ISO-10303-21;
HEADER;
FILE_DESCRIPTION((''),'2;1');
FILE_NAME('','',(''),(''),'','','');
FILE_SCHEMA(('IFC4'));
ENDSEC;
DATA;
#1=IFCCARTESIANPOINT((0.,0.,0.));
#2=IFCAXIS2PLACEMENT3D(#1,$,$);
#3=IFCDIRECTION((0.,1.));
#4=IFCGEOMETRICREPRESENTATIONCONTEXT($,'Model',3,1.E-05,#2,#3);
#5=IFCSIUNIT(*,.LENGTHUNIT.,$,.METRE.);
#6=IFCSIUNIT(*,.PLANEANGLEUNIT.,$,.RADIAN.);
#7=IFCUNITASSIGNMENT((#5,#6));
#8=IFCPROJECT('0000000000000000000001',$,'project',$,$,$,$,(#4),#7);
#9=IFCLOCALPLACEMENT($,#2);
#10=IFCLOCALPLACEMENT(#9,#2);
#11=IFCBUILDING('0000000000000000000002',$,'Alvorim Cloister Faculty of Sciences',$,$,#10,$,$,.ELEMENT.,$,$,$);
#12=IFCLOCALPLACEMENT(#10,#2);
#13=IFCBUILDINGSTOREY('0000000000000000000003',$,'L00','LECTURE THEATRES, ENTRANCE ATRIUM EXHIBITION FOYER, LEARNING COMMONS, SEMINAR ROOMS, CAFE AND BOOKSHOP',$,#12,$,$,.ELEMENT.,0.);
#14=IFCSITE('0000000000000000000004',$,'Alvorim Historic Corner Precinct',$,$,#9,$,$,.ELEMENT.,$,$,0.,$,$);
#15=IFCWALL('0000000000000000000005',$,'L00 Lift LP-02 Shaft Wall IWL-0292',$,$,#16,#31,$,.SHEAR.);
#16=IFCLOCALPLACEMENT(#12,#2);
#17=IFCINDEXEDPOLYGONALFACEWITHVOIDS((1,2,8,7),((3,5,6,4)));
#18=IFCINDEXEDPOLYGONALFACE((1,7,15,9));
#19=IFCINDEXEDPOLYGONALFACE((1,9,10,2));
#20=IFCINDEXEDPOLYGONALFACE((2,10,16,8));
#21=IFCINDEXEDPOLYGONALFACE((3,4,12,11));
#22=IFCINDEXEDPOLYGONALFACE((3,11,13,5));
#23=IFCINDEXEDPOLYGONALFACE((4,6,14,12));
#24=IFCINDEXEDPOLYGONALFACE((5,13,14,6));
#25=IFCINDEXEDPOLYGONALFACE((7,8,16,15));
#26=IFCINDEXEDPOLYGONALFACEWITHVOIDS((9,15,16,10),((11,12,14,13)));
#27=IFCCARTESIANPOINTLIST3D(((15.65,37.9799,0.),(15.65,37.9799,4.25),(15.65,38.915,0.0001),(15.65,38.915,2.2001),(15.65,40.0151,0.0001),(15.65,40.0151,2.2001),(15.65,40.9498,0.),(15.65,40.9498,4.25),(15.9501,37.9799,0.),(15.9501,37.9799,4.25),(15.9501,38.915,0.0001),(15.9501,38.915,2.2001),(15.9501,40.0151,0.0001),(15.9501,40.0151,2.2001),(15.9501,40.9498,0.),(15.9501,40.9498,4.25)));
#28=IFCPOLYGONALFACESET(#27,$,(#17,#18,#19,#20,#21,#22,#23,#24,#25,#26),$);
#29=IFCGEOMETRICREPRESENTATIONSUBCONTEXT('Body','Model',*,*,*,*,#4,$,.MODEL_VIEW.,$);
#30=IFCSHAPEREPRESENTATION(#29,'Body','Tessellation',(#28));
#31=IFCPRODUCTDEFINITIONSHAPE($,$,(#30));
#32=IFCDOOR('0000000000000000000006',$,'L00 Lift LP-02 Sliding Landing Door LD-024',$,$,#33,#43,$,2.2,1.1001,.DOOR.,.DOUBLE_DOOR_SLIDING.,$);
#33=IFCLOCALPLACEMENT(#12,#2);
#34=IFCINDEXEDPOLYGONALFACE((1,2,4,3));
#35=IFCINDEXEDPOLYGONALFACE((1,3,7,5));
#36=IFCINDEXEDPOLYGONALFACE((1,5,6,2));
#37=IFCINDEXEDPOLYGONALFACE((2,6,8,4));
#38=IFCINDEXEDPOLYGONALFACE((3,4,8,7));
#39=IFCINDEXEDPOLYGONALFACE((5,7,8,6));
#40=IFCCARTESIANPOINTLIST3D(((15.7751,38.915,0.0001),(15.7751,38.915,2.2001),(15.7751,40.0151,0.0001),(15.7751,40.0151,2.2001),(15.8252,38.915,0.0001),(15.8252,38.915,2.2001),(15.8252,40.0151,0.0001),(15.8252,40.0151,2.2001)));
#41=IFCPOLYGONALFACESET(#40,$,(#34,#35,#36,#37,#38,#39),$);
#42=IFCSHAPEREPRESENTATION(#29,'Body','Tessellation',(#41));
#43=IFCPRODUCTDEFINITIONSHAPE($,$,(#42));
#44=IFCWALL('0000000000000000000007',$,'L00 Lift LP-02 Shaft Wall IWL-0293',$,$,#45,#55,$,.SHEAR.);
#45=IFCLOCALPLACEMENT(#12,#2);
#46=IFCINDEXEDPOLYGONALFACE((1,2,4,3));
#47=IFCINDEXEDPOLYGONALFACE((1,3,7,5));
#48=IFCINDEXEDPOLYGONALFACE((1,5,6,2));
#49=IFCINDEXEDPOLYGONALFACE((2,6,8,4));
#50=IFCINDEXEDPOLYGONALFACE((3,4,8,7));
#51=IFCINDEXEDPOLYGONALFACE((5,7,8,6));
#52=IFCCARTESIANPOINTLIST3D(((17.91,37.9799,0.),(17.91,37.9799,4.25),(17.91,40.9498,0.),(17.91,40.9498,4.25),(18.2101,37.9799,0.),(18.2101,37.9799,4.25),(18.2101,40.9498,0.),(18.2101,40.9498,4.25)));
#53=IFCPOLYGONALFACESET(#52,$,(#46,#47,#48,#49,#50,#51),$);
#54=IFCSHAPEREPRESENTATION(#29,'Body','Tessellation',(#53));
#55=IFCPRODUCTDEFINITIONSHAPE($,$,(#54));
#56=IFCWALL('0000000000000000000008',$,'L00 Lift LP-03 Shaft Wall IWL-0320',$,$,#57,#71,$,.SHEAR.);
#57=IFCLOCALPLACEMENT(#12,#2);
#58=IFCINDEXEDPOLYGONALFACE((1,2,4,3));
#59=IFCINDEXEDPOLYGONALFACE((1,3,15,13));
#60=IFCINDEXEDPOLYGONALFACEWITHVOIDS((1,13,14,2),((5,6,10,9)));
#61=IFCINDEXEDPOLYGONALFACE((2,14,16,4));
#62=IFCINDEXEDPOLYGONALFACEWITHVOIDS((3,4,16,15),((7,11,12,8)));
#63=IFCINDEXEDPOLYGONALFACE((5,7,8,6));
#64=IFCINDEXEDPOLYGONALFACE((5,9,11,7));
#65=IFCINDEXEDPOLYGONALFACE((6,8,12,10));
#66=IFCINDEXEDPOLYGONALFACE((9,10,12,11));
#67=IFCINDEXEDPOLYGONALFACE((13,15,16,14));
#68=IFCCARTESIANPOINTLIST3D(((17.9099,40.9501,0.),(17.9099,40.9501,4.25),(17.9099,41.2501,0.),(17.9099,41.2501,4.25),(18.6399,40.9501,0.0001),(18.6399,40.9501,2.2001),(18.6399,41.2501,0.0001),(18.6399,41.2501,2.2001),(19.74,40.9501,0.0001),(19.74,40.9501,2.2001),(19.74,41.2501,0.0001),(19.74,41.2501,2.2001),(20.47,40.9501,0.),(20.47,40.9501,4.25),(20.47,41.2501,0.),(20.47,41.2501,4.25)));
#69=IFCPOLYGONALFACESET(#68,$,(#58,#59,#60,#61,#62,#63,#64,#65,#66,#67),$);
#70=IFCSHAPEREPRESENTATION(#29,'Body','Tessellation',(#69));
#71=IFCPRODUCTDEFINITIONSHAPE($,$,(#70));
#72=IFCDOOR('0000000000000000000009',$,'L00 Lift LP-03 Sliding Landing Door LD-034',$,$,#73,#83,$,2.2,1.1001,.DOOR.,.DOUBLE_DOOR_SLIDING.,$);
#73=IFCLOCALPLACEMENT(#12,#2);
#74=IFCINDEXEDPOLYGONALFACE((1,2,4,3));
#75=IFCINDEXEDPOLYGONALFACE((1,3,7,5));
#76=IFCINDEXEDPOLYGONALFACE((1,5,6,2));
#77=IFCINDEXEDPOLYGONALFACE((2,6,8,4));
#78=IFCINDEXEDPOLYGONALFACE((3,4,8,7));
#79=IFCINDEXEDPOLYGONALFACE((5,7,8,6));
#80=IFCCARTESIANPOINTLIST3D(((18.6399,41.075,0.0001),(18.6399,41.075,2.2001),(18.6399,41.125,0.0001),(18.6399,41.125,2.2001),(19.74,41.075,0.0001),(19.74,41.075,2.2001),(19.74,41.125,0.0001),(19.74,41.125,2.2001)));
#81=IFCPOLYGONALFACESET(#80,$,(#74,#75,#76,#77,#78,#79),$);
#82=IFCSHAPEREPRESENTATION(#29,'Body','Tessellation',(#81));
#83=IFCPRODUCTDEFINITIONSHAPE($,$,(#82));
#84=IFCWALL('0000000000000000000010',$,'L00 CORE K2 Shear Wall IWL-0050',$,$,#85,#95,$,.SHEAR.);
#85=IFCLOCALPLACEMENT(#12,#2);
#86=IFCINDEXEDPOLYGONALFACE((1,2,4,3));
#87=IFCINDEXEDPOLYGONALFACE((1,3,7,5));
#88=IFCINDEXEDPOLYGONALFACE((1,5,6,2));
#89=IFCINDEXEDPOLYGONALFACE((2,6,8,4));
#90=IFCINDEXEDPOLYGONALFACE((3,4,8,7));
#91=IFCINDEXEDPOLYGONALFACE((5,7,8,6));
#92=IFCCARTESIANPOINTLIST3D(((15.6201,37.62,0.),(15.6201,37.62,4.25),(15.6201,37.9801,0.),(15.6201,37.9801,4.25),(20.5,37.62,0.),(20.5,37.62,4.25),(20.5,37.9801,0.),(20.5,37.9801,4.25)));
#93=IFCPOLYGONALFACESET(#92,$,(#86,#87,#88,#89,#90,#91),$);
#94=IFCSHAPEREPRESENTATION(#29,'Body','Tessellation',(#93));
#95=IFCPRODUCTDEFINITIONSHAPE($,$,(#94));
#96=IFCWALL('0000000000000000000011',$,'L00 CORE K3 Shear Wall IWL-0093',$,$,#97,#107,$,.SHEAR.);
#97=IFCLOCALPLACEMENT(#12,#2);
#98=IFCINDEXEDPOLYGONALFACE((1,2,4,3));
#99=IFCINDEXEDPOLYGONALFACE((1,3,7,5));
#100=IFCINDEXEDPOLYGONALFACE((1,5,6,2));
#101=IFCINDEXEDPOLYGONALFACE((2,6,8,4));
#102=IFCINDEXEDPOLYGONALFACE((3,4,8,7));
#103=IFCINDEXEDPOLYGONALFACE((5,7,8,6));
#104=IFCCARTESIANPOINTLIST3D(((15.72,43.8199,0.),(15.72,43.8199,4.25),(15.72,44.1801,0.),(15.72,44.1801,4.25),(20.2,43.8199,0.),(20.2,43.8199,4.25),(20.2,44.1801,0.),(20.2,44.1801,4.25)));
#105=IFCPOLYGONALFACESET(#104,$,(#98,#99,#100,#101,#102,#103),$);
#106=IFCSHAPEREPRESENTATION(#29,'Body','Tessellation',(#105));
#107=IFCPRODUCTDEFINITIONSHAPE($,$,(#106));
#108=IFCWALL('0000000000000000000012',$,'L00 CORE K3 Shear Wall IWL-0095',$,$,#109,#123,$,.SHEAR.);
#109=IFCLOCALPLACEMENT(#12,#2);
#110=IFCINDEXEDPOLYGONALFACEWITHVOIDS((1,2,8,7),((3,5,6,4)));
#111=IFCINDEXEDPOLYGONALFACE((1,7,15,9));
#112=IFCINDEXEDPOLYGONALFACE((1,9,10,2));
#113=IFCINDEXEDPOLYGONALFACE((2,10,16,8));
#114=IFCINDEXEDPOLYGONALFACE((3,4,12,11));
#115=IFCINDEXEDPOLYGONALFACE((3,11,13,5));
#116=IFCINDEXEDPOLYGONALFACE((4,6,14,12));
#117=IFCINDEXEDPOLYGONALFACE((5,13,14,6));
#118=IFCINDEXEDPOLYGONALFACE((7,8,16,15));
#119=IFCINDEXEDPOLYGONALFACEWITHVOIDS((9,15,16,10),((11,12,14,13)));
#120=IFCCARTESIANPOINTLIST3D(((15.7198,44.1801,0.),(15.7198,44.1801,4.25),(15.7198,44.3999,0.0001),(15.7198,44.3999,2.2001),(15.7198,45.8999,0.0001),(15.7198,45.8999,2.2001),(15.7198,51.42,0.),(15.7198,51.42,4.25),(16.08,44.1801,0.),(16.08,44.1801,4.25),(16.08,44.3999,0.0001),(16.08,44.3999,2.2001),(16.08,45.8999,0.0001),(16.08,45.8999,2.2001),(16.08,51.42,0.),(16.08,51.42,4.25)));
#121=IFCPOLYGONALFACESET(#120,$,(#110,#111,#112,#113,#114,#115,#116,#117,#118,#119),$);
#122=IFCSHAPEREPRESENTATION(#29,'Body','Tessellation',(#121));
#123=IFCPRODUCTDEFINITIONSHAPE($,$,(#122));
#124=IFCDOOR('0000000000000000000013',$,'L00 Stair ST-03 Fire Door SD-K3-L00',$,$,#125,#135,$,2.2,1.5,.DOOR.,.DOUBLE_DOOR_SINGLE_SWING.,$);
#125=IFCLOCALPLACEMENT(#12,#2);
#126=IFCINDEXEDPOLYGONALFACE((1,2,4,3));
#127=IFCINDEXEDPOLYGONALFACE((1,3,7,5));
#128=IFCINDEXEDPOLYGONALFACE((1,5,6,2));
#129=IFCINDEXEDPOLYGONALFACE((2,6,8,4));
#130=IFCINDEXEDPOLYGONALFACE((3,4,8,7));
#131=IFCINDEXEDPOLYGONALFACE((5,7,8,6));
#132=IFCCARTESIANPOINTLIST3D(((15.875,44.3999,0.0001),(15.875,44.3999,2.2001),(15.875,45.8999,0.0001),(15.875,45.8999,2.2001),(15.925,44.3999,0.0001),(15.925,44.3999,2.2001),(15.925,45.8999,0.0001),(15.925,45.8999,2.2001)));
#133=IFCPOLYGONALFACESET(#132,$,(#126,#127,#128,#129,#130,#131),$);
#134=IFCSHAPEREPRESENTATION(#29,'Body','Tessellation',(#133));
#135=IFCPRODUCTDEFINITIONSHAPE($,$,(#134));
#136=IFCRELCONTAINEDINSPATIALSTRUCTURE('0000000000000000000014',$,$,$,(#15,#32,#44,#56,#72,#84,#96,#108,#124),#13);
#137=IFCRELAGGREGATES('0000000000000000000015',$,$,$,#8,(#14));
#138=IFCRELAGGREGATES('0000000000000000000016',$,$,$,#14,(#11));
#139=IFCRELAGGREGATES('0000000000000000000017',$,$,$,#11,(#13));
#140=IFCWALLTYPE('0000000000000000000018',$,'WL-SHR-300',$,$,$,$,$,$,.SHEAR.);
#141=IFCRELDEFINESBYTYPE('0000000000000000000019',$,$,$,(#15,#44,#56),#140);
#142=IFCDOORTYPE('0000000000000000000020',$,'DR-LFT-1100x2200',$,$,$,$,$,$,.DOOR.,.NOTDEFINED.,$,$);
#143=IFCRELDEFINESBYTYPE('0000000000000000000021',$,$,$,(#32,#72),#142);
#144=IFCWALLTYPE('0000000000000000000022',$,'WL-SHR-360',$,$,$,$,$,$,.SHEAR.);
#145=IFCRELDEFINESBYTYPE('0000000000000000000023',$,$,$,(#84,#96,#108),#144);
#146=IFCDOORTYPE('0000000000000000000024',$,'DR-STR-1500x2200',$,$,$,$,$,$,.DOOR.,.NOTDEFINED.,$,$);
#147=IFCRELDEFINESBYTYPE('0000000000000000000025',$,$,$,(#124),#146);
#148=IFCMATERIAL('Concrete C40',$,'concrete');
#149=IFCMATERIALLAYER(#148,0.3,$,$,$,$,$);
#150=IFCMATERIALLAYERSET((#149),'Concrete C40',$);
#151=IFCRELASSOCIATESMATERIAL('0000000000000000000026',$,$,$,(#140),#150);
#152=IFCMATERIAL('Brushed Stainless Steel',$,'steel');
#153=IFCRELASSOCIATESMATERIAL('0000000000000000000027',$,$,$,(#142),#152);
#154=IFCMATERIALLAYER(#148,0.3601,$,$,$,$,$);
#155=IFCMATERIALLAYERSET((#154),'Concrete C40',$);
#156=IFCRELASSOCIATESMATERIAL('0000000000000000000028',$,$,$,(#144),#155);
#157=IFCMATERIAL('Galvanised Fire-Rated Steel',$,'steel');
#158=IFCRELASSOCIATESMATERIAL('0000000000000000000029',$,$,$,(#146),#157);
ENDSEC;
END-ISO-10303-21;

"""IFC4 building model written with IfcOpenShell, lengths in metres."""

from ifc_helpers import new_model, si_unit, direction, frame, frame_2d, origin, place, context, subcontext, project, spatial, rectangle, extrude, material, layer, layer_set, type_object, element, fill, save


model = new_model("IFC4")

# Units and contexts
model_context = context("Model", 3, precision=1e-05, world=origin(), true_north=direction((0.0, 1.0)))
body_context = subcontext(model_context, "Body", "Model", "MODEL_VIEW")
ifc_project = project(units=[si_unit("LENGTHUNIT", "METRE"), si_unit("PLANEANGLEUNIT", "RADIAN")], contexts=[model_context])

# Site, building, storey
site_placement = place(None, origin())
site = spatial("IfcSite", under=ifc_project, at=site_placement, Name="Alvorim Historic Corner Precinct", CompositionType="ELEMENT", RefElevation=0.0)
building_placement = place(site_placement, origin())
building = spatial("IfcBuilding", under=site, at=building_placement, Name="Alvorim Cloister Faculty of Sciences", CompositionType="ELEMENT")
storey_placement = place(building_placement, origin())
storey = spatial("IfcBuildingStorey", under=building, at=storey_placement, Name="L00", Description="LECTURE THEATRES, ENTRANCE ATRIUM EXHIBITION FOYER, LEARNING COMMONS, SEMINAR ROOMS, CAFE AND BOOKSHOP", CompositionType="ELEMENT", Elevation=0.0)

# Shared definitions
ifc_material_1 = material(Name="Concrete C40", Category="concrete")

# Shared definitions
ifc_material_2 = material(Name="Galvanised Fire-Rated Steel", Category="steel")

# Shared definitions
ifc_layer_1 = layer(ifc_material_1, 0.3)
ifc_layer_set_1 = layer_set([ifc_layer_1], Name="Concrete C40")
wall_type_1 = type_object("IfcWallType", Name="WL-SHR-300", PredefinedType="SHEAR", material=ifc_layer_set_1)

# Wall, opening, door
wall_1_placement = place(storey_placement, frame((15.8, 37.98, 0.0), z_axis=(0.0, 0.0, 1.0), x_axis=(0.0, 1.0, 0.0)))
wall_1 = element("IfcWall", 1, at=wall_1_placement, inside=storey, type_object=wall_type_1, Name="L00 Lift LP-02 Shaft Wall IWL-0292", PredefinedType="SHEAR", context=body_context, shape_type="SweptSolid", body=[
    extrude(rectangle(XDim=2.97, YDim=0.3, at=frame_2d((1.4849, 0.0))), origin(), (0.0, 0.0, 1.0), 4.25),
])
opening_1_placement = place(wall_1_placement, frame((0.9351, 0.0, 0.0)))
opening_1 = element("IfcOpeningElement", 2, at=opening_1_placement, cuts=wall_1, PredefinedType="OPENING", context=body_context, shape_type="SweptSolid", body=[
    extrude(rectangle(XDim=1.1001, YDim=2.2, at=frame_2d((0.55, 1.1001))), frame((0.0, 0.1621, 0.0), z_axis=(0.0, -1.0, 0.0), x_axis=(1.0, 0.0, 0.0)), (0.0, 0.0, 1.0), 0.324),
])
ifc_material_3 = material(Name="Brushed Stainless Steel", Category="steel")
door_type_1 = type_object("IfcDoorType", Name="DR-LFT-1100x2200", OperationType="NOTDEFINED", PredefinedType="DOOR", material=ifc_material_3)
door_1_placement = place(opening_1_placement, origin())
door_1 = element("IfcDoor", 3, at=door_1_placement, inside=storey, type_object=door_type_1, Name="L00 Lift LP-02 Sliding Landing Door LD-024", OperationType="DOUBLE_DOOR_SLIDING", OverallHeight=2.2, OverallWidth=1.1001, PredefinedType="DOOR", context=body_context, shape_type="SweptSolid", body=[
    extrude(rectangle(XDim=1.1001, YDim=2.2, at=frame_2d((0.55, 1.1001))), frame((0.0, 0.0249, 0.0), z_axis=(0.0, -1.0, 0.0), x_axis=(1.0, 0.0, 0.0)), (0.0, 0.0, 1.0), 0.05),
])
fill(opening_1, door_1)

# Wall
wall_2_placement = place(storey_placement, frame((18.0601, 37.98, 0.0), z_axis=(0.0, 0.0, 1.0), x_axis=(0.0, 1.0, 0.0)))
element("IfcWall", 4, at=wall_2_placement, inside=storey, type_object=wall_type_1, Name="L00 Lift LP-02 Shaft Wall IWL-0293", PredefinedType="SHEAR", context=body_context, shape_type="SweptSolid", body=[
    extrude(rectangle(XDim=2.97, YDim=0.3, at=frame_2d((1.4849, 0.0))), origin(), (0.0, 0.0, 1.0), 4.25),
])

# Wall, opening, door
wall_3_placement = place(storey_placement, frame((17.9099, 41.1001, 0.0), z_axis=(0.0, 0.0, 1.0), x_axis=(1.0, 0.0, 0.0)))
wall_3 = element("IfcWall", 5, at=wall_3_placement, inside=storey, type_object=wall_type_1, Name="L00 Lift LP-03 Shaft Wall IWL-0320", PredefinedType="SHEAR", context=body_context, shape_type="SweptSolid", body=[
    extrude(rectangle(XDim=2.5601, YDim=0.3, at=frame_2d((1.28, 0.0))), origin(), (0.0, 0.0, 1.0), 4.25),
])
opening_2_placement = place(wall_3_placement, frame((0.73, 0.0, 0.0)))
opening_2 = element("IfcOpeningElement", 6, at=opening_2_placement, cuts=wall_3, PredefinedType="OPENING", context=body_context, shape_type="SweptSolid", body=[
    extrude(rectangle(XDim=1.1001, YDim=2.2, at=frame_2d((0.55, 1.1001))), frame((0.0, 0.1621, 0.0), z_axis=(0.0, -1.0, 0.0), x_axis=(1.0, 0.0, 0.0)), (0.0, 0.0, 1.0), 0.324),
])
door_2_placement = place(opening_2_placement, origin())
door_2 = element("IfcDoor", 7, at=door_2_placement, inside=storey, type_object=door_type_1, Name="L00 Lift LP-03 Sliding Landing Door LD-034", OperationType="DOUBLE_DOOR_SLIDING", OverallHeight=2.2, OverallWidth=1.1001, PredefinedType="DOOR", context=body_context, shape_type="SweptSolid", body=[
    extrude(rectangle(XDim=1.1001, YDim=2.2, at=frame_2d((0.55, 1.1001))), frame((0.0, 0.0249, 0.0), z_axis=(0.0, -1.0, 0.0), x_axis=(1.0, 0.0, 0.0)), (0.0, 0.0, 1.0), 0.05),
])
fill(opening_2, door_2)

# Walls
ifc_layer_2 = layer(ifc_material_1, 0.3601)
ifc_layer_set_2 = layer_set([ifc_layer_2], Name="Concrete C40")
wall_type_2 = type_object("IfcWallType", Name="WL-SHR-360", PredefinedType="SHEAR", material=ifc_layer_set_2)
wall_4_placement = place(storey_placement, frame((15.6201, 37.8, 0.0), z_axis=(0.0, 0.0, 1.0), x_axis=(1.0, 0.0, 0.0)))
element("IfcWall", 8, at=wall_4_placement, inside=storey, type_object=wall_type_2, Name="L00 CORE K2 Shear Wall IWL-0050", PredefinedType="SHEAR", context=body_context, shape_type="SweptSolid", body=[
    extrude(rectangle(XDim=4.8799, YDim=0.3601, at=frame_2d((2.4399, 0.0))), origin(), (0.0, 0.0, 1.0), 4.25),
])
wall_5_placement = place(storey_placement, frame((15.72, 44.0, 0.0), z_axis=(0.0, 0.0, 1.0), x_axis=(1.0, 0.0, 0.0)))
element("IfcWall", 9, at=wall_5_placement, inside=storey, type_object=wall_type_2, Name="L00 CORE K3 Shear Wall IWL-0093", PredefinedType="SHEAR", context=body_context, shape_type="SweptSolid", body=[
    extrude(rectangle(XDim=4.48, YDim=0.3601, at=frame_2d((2.24, 0.0))), origin(), (0.0, 0.0, 1.0), 4.25),
])

# Wall, opening, door
wall_6_placement = place(storey_placement, frame((15.8999, 44.1799, 0.0), z_axis=(0.0, 0.0, 1.0), x_axis=(0.0, 1.0, 0.0)))
wall_6 = element("IfcWall", 10, at=wall_6_placement, inside=storey, type_object=wall_type_2, Name="L00 CORE K3 Shear Wall IWL-0095", PredefinedType="SHEAR", context=body_context, shape_type="SweptSolid", body=[
    extrude(rectangle(XDim=7.24, YDim=0.3601, at=frame_2d((3.6201, 0.0))), origin(), (0.0, 0.0, 1.0), 4.25),
])
opening_3_placement = place(wall_6_placement, frame((0.22, 0.0, 0.0)))
opening_3 = element("IfcOpeningElement", 11, at=opening_3_placement, cuts=wall_6, PredefinedType="OPENING", context=body_context, shape_type="SweptSolid", body=[
    extrude(rectangle(XDim=1.5, YDim=2.2, at=frame_2d((0.75, 1.1001))), frame((0.0, 0.1919, 0.0), z_axis=(0.0, -1.0, 0.0), x_axis=(1.0, 0.0, 0.0)), (0.0, 0.0, 1.0), 0.384),
])
door_type_2 = type_object("IfcDoorType", Name="DR-STR-1500x2200", OperationType="NOTDEFINED", PredefinedType="DOOR", material=ifc_material_2)
door_3_placement = place(opening_3_placement, origin())
door_3 = element("IfcDoor", 12, at=door_3_placement, inside=storey, type_object=door_type_2, Name="L00 Stair ST-03 Fire Door SD-K3-L00", OperationType="DOUBLE_DOOR_SINGLE_SWING", OverallHeight=2.2, OverallWidth=1.5, PredefinedType="DOOR", context=body_context, shape_type="SweptSolid", body=[
    extrude(rectangle(XDim=1.5, YDim=2.2, at=frame_2d((0.75, 1.1001))), frame((0.0, 0.0249, 0.0), z_axis=(0.0, -1.0, 0.0), x_axis=(1.0, 0.0, 0.0)), (0.0, 0.0, 1.0), 0.05),
])
fill(opening_3, door_3)

save(model, "model.ifc")
